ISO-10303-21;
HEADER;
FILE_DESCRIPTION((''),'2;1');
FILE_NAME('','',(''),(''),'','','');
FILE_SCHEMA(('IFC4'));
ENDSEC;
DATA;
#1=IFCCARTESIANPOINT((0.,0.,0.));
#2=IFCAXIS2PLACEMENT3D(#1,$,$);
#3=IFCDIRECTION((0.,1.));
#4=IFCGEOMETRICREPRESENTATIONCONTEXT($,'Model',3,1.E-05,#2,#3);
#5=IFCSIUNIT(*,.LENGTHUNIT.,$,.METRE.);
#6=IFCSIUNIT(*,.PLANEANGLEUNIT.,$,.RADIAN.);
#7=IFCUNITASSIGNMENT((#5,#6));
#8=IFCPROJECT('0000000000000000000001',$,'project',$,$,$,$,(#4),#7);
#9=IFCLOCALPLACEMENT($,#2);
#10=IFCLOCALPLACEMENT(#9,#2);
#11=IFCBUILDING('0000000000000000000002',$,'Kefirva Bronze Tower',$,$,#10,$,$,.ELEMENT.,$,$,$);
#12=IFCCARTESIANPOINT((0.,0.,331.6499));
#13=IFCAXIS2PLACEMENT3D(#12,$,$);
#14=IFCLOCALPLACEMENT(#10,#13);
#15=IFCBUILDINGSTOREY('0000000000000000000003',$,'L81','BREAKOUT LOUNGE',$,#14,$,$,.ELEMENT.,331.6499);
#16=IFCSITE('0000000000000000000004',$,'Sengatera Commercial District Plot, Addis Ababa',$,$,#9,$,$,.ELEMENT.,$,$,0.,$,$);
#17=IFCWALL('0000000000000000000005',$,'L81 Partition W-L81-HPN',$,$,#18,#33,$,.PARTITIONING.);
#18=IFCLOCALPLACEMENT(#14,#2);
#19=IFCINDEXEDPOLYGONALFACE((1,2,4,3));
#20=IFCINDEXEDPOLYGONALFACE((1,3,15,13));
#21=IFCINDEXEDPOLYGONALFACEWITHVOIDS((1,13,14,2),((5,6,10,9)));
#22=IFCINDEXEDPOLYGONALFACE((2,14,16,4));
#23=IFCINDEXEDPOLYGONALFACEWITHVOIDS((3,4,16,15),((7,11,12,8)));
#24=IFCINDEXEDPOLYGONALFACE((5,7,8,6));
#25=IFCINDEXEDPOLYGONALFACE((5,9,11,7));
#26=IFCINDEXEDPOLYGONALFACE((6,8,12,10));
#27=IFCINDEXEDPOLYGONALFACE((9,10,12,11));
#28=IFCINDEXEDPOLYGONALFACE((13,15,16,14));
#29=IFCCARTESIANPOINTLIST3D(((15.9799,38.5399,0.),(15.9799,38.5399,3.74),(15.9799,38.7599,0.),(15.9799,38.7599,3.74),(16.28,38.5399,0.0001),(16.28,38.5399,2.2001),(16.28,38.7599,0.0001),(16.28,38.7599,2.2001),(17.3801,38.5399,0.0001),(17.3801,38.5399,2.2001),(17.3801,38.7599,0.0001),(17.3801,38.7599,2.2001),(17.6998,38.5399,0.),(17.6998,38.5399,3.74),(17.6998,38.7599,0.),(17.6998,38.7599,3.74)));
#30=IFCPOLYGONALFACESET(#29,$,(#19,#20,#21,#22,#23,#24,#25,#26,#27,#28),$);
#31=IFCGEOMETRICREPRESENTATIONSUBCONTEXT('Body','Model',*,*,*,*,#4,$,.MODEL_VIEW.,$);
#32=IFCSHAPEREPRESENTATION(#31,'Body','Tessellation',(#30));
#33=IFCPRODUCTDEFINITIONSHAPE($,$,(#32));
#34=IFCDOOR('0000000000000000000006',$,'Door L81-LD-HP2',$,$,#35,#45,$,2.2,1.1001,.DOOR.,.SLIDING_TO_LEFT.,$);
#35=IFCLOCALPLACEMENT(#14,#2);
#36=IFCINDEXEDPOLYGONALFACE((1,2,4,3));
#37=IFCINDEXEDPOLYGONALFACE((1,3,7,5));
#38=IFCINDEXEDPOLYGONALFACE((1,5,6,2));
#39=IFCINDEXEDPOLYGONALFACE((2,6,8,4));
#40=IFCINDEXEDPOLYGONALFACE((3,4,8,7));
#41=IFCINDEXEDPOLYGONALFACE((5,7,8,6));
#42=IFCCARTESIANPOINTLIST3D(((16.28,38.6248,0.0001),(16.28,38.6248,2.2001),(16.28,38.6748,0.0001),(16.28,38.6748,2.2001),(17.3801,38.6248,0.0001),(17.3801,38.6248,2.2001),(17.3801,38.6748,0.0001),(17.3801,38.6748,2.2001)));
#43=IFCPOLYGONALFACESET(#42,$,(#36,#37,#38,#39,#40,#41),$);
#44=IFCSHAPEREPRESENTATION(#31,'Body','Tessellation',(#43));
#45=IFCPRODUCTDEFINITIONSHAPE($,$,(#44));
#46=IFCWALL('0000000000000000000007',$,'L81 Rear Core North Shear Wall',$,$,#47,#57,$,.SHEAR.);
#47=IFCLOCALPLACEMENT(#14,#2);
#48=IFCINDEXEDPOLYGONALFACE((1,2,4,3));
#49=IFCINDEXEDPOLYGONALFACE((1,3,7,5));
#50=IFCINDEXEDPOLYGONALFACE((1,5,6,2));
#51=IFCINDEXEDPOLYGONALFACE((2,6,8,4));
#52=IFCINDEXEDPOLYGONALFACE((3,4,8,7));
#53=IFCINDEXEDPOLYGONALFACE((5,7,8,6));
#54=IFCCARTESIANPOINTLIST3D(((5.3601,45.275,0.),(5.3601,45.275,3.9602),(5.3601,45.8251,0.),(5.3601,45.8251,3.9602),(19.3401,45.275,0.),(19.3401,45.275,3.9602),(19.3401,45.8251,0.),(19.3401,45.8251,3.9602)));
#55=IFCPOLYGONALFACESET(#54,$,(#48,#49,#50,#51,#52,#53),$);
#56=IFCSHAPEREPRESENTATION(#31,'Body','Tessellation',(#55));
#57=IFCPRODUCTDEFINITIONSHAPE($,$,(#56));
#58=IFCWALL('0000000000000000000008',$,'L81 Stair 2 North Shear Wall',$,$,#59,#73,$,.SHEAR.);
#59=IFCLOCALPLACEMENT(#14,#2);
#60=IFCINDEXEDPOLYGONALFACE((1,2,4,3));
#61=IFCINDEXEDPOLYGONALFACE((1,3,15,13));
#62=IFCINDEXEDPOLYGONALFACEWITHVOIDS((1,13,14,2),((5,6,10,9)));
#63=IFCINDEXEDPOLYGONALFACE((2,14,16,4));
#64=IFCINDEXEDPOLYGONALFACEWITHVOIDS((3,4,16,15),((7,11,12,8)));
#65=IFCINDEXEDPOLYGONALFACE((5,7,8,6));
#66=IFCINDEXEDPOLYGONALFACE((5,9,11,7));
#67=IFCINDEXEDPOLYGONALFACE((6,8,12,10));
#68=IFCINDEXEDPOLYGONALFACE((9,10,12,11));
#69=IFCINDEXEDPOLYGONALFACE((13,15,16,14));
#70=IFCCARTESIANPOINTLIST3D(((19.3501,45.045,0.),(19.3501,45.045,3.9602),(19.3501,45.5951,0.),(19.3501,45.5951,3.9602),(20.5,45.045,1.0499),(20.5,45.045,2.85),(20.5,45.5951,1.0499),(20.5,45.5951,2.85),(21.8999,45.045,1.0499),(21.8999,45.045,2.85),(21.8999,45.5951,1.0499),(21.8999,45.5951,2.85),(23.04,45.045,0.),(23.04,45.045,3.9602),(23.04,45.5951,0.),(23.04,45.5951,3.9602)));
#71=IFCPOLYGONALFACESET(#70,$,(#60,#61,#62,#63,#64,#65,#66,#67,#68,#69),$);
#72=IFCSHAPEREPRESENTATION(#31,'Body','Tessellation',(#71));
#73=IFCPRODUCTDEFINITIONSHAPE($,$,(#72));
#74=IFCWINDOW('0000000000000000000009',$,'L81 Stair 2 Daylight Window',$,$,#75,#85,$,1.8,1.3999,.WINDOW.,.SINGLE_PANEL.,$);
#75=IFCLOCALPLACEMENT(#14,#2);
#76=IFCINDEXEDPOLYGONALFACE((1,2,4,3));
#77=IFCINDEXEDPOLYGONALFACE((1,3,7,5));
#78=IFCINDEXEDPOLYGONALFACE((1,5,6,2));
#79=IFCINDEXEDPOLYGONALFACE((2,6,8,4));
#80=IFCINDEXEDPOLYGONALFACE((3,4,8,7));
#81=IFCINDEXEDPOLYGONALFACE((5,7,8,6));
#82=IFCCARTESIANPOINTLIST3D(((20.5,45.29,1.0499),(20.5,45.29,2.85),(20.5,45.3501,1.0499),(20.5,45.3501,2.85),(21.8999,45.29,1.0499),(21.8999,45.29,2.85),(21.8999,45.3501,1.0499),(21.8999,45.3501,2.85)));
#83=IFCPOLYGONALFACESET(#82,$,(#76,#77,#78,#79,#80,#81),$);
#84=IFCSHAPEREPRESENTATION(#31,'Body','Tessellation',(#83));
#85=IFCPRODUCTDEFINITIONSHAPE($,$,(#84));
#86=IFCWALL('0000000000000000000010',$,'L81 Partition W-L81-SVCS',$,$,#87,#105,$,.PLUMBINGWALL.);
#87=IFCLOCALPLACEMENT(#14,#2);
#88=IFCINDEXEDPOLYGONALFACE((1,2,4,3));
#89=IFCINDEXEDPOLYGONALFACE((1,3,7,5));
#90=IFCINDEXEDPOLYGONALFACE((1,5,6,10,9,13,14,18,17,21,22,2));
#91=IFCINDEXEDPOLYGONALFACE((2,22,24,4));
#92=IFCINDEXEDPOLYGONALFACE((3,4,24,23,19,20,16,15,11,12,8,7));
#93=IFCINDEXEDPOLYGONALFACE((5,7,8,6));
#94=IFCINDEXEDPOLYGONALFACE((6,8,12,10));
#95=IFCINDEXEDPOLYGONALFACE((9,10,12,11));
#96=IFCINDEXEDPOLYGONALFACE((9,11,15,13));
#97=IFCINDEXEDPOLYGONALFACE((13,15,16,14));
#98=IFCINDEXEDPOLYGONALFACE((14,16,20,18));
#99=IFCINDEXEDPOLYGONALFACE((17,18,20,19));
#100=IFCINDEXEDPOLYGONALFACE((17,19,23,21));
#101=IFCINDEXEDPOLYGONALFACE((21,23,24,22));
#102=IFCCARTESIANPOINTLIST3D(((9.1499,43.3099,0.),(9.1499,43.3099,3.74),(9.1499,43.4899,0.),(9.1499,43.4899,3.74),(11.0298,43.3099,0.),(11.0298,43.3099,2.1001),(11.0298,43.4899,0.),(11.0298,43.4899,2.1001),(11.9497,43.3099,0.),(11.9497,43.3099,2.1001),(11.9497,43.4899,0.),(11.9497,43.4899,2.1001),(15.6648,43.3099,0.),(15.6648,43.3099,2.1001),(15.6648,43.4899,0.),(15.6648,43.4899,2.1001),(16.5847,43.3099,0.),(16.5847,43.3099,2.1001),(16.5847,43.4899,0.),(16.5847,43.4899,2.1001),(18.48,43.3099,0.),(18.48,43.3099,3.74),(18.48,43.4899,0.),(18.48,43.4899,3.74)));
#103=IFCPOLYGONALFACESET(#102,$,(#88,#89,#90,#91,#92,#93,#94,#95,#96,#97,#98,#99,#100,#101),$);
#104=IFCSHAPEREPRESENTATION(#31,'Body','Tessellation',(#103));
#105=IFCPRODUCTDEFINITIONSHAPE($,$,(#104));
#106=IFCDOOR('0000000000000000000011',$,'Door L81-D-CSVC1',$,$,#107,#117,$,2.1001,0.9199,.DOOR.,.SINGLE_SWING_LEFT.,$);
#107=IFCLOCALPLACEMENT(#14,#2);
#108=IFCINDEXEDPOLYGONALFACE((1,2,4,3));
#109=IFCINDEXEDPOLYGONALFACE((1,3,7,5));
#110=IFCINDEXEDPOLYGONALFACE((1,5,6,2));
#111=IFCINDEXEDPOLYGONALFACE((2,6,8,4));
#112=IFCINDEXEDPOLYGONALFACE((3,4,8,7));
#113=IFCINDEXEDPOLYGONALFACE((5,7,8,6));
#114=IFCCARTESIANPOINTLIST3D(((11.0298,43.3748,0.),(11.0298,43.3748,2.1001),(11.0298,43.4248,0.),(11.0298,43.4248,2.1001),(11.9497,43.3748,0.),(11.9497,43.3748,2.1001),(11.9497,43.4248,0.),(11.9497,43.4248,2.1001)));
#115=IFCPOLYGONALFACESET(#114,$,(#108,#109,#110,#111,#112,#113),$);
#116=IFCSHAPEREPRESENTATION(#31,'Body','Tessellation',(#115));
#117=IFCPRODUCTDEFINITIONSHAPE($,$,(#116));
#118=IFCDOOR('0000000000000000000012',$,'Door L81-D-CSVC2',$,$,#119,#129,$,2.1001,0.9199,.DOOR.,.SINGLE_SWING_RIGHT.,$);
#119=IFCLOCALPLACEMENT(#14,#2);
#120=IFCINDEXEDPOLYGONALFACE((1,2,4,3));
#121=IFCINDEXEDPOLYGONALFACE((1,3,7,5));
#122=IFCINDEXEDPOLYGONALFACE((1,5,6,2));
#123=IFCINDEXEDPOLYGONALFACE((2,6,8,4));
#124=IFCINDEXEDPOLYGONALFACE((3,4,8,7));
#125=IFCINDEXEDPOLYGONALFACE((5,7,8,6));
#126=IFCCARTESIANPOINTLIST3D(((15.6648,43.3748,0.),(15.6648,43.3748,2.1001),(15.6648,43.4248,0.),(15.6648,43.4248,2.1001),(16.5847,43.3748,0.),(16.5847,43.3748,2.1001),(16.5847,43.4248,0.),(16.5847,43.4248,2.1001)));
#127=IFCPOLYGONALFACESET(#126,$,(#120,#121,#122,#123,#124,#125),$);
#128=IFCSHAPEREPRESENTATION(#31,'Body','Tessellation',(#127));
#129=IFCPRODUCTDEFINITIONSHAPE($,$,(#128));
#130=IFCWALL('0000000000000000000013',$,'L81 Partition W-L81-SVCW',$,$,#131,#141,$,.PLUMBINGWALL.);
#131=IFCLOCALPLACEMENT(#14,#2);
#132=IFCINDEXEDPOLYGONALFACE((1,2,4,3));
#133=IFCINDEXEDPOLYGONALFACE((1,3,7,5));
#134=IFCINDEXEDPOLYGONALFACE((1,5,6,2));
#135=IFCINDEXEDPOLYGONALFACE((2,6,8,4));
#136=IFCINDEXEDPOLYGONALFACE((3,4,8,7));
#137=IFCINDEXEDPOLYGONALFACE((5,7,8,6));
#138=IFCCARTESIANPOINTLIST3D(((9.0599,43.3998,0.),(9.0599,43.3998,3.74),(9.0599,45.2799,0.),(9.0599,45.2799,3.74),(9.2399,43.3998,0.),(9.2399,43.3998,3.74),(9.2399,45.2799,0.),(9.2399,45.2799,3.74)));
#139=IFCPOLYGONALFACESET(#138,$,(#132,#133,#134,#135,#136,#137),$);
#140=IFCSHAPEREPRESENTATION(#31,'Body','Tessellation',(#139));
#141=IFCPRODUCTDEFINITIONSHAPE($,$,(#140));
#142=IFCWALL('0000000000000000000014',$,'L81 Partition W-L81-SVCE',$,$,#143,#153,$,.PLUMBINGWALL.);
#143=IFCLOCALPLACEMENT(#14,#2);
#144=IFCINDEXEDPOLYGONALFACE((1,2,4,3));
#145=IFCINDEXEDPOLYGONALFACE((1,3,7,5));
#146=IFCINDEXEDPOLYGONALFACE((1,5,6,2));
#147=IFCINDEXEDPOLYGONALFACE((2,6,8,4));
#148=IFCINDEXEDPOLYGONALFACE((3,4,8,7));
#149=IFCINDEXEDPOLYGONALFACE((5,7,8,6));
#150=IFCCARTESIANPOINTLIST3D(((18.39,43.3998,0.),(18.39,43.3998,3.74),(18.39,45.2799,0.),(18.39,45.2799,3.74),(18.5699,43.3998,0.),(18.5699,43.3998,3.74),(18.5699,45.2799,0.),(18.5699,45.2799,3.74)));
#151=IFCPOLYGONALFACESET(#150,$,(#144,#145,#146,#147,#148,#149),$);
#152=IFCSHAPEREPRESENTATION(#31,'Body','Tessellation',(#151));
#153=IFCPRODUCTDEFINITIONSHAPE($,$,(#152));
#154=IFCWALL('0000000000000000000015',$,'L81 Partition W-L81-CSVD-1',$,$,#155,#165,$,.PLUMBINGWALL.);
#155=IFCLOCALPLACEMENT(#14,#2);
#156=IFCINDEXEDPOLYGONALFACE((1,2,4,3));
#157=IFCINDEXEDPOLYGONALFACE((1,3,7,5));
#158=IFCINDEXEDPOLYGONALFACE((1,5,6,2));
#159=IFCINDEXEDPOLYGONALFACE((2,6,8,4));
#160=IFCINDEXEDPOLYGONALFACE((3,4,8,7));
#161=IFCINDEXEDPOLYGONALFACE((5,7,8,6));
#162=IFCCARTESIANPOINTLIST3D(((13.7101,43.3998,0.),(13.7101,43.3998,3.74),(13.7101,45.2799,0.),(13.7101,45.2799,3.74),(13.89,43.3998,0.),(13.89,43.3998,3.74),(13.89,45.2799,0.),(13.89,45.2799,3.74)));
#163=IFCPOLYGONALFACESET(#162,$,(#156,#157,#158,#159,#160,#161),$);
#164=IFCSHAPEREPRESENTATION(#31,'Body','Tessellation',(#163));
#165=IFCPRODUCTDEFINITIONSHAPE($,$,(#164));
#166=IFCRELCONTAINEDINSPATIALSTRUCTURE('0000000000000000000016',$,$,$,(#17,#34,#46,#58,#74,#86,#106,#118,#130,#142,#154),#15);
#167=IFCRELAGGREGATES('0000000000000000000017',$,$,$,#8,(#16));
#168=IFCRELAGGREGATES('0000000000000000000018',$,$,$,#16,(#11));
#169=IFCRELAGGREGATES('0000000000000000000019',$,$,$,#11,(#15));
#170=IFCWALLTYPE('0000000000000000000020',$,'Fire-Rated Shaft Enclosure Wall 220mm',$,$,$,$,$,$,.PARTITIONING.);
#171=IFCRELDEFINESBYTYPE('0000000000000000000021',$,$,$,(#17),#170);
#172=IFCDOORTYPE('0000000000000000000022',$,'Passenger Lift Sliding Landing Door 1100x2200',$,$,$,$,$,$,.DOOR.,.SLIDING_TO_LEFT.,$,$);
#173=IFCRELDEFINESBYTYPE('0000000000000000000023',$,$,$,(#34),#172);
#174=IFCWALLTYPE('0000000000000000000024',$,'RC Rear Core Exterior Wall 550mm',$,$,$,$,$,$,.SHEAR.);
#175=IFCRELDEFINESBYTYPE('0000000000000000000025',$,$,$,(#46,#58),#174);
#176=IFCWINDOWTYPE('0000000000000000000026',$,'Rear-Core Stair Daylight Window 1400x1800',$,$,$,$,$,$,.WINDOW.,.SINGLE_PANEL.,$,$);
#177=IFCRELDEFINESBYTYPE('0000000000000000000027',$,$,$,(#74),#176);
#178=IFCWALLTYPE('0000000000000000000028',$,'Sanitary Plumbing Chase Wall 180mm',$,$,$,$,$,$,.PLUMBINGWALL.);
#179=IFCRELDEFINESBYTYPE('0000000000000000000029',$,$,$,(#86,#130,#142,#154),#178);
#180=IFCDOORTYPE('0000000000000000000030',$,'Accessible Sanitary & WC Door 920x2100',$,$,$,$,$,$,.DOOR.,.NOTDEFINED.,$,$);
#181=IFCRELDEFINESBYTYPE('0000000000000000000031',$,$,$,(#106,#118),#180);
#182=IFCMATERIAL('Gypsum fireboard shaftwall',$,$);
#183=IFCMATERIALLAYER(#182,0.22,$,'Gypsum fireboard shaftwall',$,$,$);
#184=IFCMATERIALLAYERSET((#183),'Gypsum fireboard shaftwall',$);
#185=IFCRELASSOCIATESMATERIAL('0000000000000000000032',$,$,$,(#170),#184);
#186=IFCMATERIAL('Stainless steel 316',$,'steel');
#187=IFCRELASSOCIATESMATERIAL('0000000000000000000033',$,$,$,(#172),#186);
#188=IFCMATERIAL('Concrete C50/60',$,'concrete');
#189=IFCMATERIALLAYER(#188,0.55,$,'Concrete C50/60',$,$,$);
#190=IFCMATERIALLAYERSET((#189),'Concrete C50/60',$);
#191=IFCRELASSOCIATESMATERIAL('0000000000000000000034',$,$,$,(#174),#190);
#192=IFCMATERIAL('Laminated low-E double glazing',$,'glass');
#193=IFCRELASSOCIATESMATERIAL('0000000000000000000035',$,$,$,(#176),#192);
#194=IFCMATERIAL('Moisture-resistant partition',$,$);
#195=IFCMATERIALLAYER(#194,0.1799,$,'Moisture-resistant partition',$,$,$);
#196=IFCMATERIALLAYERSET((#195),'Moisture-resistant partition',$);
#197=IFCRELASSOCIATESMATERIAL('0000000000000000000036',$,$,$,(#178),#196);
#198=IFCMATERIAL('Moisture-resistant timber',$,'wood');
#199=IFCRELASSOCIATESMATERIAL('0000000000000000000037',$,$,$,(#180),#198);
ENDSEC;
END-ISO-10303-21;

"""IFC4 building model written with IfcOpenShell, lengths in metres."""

from ifc_helpers import new_model, si_unit, direction, frame, frame_2d, origin, place, context, subcontext, project, spatial, rectangle, extrude, material, layer, layer_set, type_object, element, fill, save


model = new_model("IFC4")

# Units and contexts
model_context = context("Model", 3, precision=1e-05, world=origin(), true_north=direction((0.0, 1.0)))
body_context = subcontext(model_context, "Body", "Model", "MODEL_VIEW")
ifc_project = project(units=[si_unit("LENGTHUNIT", "METRE"), si_unit("PLANEANGLEUNIT", "RADIAN")], contexts=[model_context])

# Site, building, storey
site_placement = place(None, origin())
site = spatial("IfcSite", under=ifc_project, at=site_placement, Name="Sengatera Commercial District Plot, Addis Ababa", CompositionType="ELEMENT", RefElevation=0.0)
building_placement = place(site_placement, origin())
building = spatial("IfcBuilding", under=site, at=building_placement, Name="Kefirva Bronze Tower", CompositionType="ELEMENT")
storey_placement = place(building_placement, frame((0.0, 0.0, 331.6499)))
storey = spatial("IfcBuildingStorey", under=building, at=storey_placement, Name="L81", Description="BREAKOUT LOUNGE", CompositionType="ELEMENT", Elevation=331.6499)

# Shared definitions
ifc_material_1 = material(Name="Concrete C50/60", Category="concrete")

# Shared definitions
ifc_material_2 = material(Name="Gypsum fireboard shaftwall")
ifc_layer_1 = layer(ifc_material_2, 0.22, Name="Gypsum fireboard shaftwall")
ifc_layer_set_1 = layer_set([ifc_layer_1], Name="Gypsum fireboard shaftwall")
wall_type_1 = type_object("IfcWallType", Name="Fire-Rated Shaft Enclosure Wall 220mm", PredefinedType="PARTITIONING", material=ifc_layer_set_1)

# Shared definitions
ifc_material_3 = material(Name="Stainless steel 316", Category="steel")

# Shared definitions
door_type_1 = type_object("IfcDoorType", Name="Passenger Lift Sliding Landing Door 1100x2200", OperationType="SLIDING_TO_LEFT", PredefinedType="DOOR", material=ifc_material_3)

# Wall, opening, door
wall_1_placement = place(storey_placement, frame((15.98, 38.6499, 0.0), z_axis=(0.0, 0.0, 1.0), x_axis=(1.0, 0.0, 0.0)))
wall_1 = element("IfcWall", 1, at=wall_1_placement, inside=storey, type_object=wall_type_1, Name="L81 Partition W-L81-HPN", PredefinedType="PARTITIONING", context=body_context, shape_type="SweptSolid", body=[
    extrude(rectangle(XDim=1.72, YDim=0.22, at=frame_2d((0.8599, 0.0))), origin(), (0.0, 0.0, 1.0), 3.74),
])
opening_1_placement = place(wall_1_placement, frame((0.3, 0.0, 0.0)))
opening_1 = element("IfcOpeningElement", 2, at=opening_1_placement, cuts=wall_1, PredefinedType="OPENING", context=body_context, shape_type="SweptSolid", body=[
    extrude(rectangle(XDim=1.1001, YDim=2.2, at=frame_2d((0.55, 1.1001))), frame((0.0, 0.1201, 0.0), z_axis=(0.0, -1.0, 0.0), x_axis=(1.0, 0.0, 0.0)), (0.0, 0.0, 1.0), 0.24),
])
door_1_placement = place(opening_1_placement, origin())
door_1 = element("IfcDoor", 3, at=door_1_placement, inside=storey, type_object=door_type_1, Name="Door L81-LD-HP2", OperationType="SLIDING_TO_LEFT", OverallHeight=2.2, OverallWidth=1.1001, PredefinedType="DOOR", context=body_context, shape_type="SweptSolid", body=[
    extrude(rectangle(XDim=1.1001, YDim=2.2, at=frame_2d((0.55, 1.1001))), frame((0.0, 0.0249, 0.0), z_axis=(0.0, -1.0, 0.0), x_axis=(1.0, 0.0, 0.0)), (0.0, 0.0, 1.0), 0.05),
])
fill(opening_1, door_1)

# Wall
ifc_layer_2 = layer(ifc_material_1, 0.55, Name="Concrete C50/60")
ifc_layer_set_2 = layer_set([ifc_layer_2], Name="Concrete C50/60")
wall_type_2 = type_object("IfcWallType", Name="RC Rear Core Exterior Wall 550mm", PredefinedType="SHEAR", material=ifc_layer_set_2)
wall_2_placement = place(storey_placement, frame((5.3601, 45.55, 0.0), z_axis=(0.0, 0.0, 1.0), x_axis=(1.0, 0.0, 0.0)))
element("IfcWall", 4, at=wall_2_placement, inside=storey, type_object=wall_type_2, Name="L81 Rear Core North Shear Wall", PredefinedType="SHEAR", context=body_context, shape_type="SweptSolid", body=[
    extrude(rectangle(XDim=13.98, YDim=0.55, at=frame_2d((6.99, 0.0))), origin(), (0.0, 0.0, 1.0), 3.9602),
])

# Wall, opening, window
wall_3_placement = place(storey_placement, frame((19.3501, 45.3201, 0.0), z_axis=(0.0, 0.0, 1.0), x_axis=(1.0, 0.0, 0.0)))
wall_3 = element("IfcWall", 5, at=wall_3_placement, inside=storey, type_object=wall_type_2, Name="L81 Stair 2 North Shear Wall", PredefinedType="SHEAR", context=body_context, shape_type="SweptSolid", body=[
    extrude(rectangle(XDim=3.6899, YDim=0.55, at=frame_2d((1.845, 0.0))), origin(), (0.0, 0.0, 1.0), 3.9602),
])
opening_2_placement = place(wall_3_placement, frame((1.1499, 0.0, 1.05)))
opening_2 = element("IfcOpeningElement", 6, at=opening_2_placement, cuts=wall_3, PredefinedType="OPENING", context=body_context, shape_type="SweptSolid", body=[
    extrude(rectangle(XDim=1.3999, YDim=1.8, at=frame_2d((0.7, 0.8999))), frame((0.0, 0.2852, 0.0), z_axis=(0.0, -1.0, 0.0), x_axis=(1.0, 0.0, 0.0)), (0.0, 0.0, 1.0), 0.5701),
])
ifc_material_4 = material(Name="Laminated low-E double glazing", Category="glass")
window_type = type_object("IfcWindowType", Name="Rear-Core Stair Daylight Window 1400x1800", PartitioningType="SINGLE_PANEL", PredefinedType="WINDOW", material=ifc_material_4)
window_placement = place(opening_2_placement, origin())
window = element("IfcWindow", 7, at=window_placement, inside=storey, type_object=window_type, Name="L81 Stair 2 Daylight Window", OverallHeight=1.8, OverallWidth=1.3999, PartitioningType="SINGLE_PANEL", PredefinedType="WINDOW", context=body_context, shape_type="SweptSolid", body=[
    extrude(rectangle(XDim=1.3999, YDim=1.8, at=frame_2d((0.7, 0.8999))), frame((0.0, 0.03, 0.0), z_axis=(0.0, -1.0, 0.0), x_axis=(1.0, 0.0, 0.0)), (0.0, 0.0, 1.0), 0.0601),
])
fill(opening_2, window)

# Wall, openings, doors
ifc_material_5 = material(Name="Moisture-resistant partition")
ifc_layer_3 = layer(ifc_material_5, 0.1799, Name="Moisture-resistant partition")
ifc_layer_set_3 = layer_set([ifc_layer_3], Name="Moisture-resistant partition")
wall_type_3 = type_object("IfcWallType", Name="Sanitary Plumbing Chase Wall 180mm", PredefinedType="PLUMBINGWALL", material=ifc_layer_set_3)
wall_4_placement = place(storey_placement, frame((9.1499, 43.3999, 0.0), z_axis=(0.0, 0.0, 1.0), x_axis=(1.0, 0.0, 0.0)))
wall_4 = element("IfcWall", 8, at=wall_4_placement, inside=storey, type_object=wall_type_3, Name="L81 Partition W-L81-SVCS", PredefinedType="PLUMBINGWALL", context=body_context, shape_type="SweptSolid", body=[
    extrude(rectangle(XDim=9.3301, YDim=0.1799, at=frame_2d((4.665, 0.0))), origin(), (0.0, 0.0, 1.0), 3.74),
])
opening_3_placement = place(wall_4_placement, frame((1.8799, 0.0, 0.0)))
opening_3 = element("IfcOpeningElement", 9, at=opening_3_placement, cuts=wall_4, PredefinedType="OPENING", context=body_context, shape_type="SweptSolid", body=[
    extrude(rectangle(XDim=0.9199, YDim=2.1001, at=frame_2d((0.46, 1.05))), frame((0.0, 0.1001, 0.0), z_axis=(0.0, -1.0, 0.0), x_axis=(1.0, 0.0, 0.0)), (0.0, 0.0, 1.0), 0.2),
])
opening_4_placement = place(wall_4_placement, frame((6.5149, 0.0, 0.0)))
opening_4 = element("IfcOpeningElement", 10, at=opening_4_placement, cuts=wall_4, PredefinedType="OPENING", context=body_context, shape_type="SweptSolid", body=[
    extrude(rectangle(XDim=0.9199, YDim=2.1001, at=frame_2d((0.46, 1.05))), frame((0.0, 0.1001, 0.0), z_axis=(0.0, -1.0, 0.0), x_axis=(1.0, 0.0, 0.0)), (0.0, 0.0, 1.0), 0.2),
])
ifc_material_6 = material(Name="Moisture-resistant timber", Category="wood")
door_type_2 = type_object("IfcDoorType", Name="Accessible Sanitary & WC Door 920x2100", OperationType="NOTDEFINED", PredefinedType="DOOR", material=ifc_material_6)
door_2_placement = place(opening_3_placement, origin())
door_2 = element("IfcDoor", 11, at=door_2_placement, inside=storey, type_object=door_type_2, Name="Door L81-D-CSVC1", OperationType="SINGLE_SWING_LEFT", OverallHeight=2.1001, OverallWidth=0.9199, PredefinedType="DOOR", context=body_context, shape_type="SweptSolid", body=[
    extrude(rectangle(XDim=0.9199, YDim=2.1001, at=frame_2d((0.46, 1.05))), frame((0.0, 0.0249, 0.0), z_axis=(0.0, -1.0, 0.0), x_axis=(1.0, 0.0, 0.0)), (0.0, 0.0, 1.0), 0.05),
])
fill(opening_3, door_2)
door_3_placement = place(opening_4_placement, origin())
door_3 = element("IfcDoor", 12, at=door_3_placement, inside=storey, type_object=door_type_2, Name="Door L81-D-CSVC2", OperationType="SINGLE_SWING_RIGHT", OverallHeight=2.1001, OverallWidth=0.9199, PredefinedType="DOOR", context=body_context, shape_type="SweptSolid", body=[
    extrude(rectangle(XDim=0.9199, YDim=2.1001, at=frame_2d((0.46, 1.05))), frame((0.0, 0.0249, 0.0), z_axis=(0.0, -1.0, 0.0), x_axis=(1.0, 0.0, 0.0)), (0.0, 0.0, 1.0), 0.05),
])
fill(opening_4, door_3)

# Walls
for number, where, z_axis, x_axis, name in (
    (13, (9.1499, 43.3999, 0.0), (0.0, 0.0, 1.0), (0.0, 1.0, 0.0), "L81 Partition W-L81-SVCW"),
    (14, (18.48, 43.3999, 0.0), (0.0, 0.0, 1.0), (0.0, 1.0, 0.0), "L81 Partition W-L81-SVCE"),
    (15, (13.8, 43.3999, 0.0), (0.0, 0.0, 1.0), (0.0, 1.0, 0.0), "L81 Partition W-L81-CSVD-1"),
):
    element("IfcWall", number, at=place(storey_placement, frame(where, z_axis=z_axis, x_axis=x_axis)), inside=storey, type_object=wall_type_3, Name=name, PredefinedType="PLUMBINGWALL", context=body_context, shape_type="SweptSolid", body=[
        extrude(rectangle(XDim=1.8801, YDim=0.1799, at=frame_2d((0.9399, 0.0))), origin(), (0.0, 0.0, 1.0), 3.74),
    ])

save(model, "model.ifc")
